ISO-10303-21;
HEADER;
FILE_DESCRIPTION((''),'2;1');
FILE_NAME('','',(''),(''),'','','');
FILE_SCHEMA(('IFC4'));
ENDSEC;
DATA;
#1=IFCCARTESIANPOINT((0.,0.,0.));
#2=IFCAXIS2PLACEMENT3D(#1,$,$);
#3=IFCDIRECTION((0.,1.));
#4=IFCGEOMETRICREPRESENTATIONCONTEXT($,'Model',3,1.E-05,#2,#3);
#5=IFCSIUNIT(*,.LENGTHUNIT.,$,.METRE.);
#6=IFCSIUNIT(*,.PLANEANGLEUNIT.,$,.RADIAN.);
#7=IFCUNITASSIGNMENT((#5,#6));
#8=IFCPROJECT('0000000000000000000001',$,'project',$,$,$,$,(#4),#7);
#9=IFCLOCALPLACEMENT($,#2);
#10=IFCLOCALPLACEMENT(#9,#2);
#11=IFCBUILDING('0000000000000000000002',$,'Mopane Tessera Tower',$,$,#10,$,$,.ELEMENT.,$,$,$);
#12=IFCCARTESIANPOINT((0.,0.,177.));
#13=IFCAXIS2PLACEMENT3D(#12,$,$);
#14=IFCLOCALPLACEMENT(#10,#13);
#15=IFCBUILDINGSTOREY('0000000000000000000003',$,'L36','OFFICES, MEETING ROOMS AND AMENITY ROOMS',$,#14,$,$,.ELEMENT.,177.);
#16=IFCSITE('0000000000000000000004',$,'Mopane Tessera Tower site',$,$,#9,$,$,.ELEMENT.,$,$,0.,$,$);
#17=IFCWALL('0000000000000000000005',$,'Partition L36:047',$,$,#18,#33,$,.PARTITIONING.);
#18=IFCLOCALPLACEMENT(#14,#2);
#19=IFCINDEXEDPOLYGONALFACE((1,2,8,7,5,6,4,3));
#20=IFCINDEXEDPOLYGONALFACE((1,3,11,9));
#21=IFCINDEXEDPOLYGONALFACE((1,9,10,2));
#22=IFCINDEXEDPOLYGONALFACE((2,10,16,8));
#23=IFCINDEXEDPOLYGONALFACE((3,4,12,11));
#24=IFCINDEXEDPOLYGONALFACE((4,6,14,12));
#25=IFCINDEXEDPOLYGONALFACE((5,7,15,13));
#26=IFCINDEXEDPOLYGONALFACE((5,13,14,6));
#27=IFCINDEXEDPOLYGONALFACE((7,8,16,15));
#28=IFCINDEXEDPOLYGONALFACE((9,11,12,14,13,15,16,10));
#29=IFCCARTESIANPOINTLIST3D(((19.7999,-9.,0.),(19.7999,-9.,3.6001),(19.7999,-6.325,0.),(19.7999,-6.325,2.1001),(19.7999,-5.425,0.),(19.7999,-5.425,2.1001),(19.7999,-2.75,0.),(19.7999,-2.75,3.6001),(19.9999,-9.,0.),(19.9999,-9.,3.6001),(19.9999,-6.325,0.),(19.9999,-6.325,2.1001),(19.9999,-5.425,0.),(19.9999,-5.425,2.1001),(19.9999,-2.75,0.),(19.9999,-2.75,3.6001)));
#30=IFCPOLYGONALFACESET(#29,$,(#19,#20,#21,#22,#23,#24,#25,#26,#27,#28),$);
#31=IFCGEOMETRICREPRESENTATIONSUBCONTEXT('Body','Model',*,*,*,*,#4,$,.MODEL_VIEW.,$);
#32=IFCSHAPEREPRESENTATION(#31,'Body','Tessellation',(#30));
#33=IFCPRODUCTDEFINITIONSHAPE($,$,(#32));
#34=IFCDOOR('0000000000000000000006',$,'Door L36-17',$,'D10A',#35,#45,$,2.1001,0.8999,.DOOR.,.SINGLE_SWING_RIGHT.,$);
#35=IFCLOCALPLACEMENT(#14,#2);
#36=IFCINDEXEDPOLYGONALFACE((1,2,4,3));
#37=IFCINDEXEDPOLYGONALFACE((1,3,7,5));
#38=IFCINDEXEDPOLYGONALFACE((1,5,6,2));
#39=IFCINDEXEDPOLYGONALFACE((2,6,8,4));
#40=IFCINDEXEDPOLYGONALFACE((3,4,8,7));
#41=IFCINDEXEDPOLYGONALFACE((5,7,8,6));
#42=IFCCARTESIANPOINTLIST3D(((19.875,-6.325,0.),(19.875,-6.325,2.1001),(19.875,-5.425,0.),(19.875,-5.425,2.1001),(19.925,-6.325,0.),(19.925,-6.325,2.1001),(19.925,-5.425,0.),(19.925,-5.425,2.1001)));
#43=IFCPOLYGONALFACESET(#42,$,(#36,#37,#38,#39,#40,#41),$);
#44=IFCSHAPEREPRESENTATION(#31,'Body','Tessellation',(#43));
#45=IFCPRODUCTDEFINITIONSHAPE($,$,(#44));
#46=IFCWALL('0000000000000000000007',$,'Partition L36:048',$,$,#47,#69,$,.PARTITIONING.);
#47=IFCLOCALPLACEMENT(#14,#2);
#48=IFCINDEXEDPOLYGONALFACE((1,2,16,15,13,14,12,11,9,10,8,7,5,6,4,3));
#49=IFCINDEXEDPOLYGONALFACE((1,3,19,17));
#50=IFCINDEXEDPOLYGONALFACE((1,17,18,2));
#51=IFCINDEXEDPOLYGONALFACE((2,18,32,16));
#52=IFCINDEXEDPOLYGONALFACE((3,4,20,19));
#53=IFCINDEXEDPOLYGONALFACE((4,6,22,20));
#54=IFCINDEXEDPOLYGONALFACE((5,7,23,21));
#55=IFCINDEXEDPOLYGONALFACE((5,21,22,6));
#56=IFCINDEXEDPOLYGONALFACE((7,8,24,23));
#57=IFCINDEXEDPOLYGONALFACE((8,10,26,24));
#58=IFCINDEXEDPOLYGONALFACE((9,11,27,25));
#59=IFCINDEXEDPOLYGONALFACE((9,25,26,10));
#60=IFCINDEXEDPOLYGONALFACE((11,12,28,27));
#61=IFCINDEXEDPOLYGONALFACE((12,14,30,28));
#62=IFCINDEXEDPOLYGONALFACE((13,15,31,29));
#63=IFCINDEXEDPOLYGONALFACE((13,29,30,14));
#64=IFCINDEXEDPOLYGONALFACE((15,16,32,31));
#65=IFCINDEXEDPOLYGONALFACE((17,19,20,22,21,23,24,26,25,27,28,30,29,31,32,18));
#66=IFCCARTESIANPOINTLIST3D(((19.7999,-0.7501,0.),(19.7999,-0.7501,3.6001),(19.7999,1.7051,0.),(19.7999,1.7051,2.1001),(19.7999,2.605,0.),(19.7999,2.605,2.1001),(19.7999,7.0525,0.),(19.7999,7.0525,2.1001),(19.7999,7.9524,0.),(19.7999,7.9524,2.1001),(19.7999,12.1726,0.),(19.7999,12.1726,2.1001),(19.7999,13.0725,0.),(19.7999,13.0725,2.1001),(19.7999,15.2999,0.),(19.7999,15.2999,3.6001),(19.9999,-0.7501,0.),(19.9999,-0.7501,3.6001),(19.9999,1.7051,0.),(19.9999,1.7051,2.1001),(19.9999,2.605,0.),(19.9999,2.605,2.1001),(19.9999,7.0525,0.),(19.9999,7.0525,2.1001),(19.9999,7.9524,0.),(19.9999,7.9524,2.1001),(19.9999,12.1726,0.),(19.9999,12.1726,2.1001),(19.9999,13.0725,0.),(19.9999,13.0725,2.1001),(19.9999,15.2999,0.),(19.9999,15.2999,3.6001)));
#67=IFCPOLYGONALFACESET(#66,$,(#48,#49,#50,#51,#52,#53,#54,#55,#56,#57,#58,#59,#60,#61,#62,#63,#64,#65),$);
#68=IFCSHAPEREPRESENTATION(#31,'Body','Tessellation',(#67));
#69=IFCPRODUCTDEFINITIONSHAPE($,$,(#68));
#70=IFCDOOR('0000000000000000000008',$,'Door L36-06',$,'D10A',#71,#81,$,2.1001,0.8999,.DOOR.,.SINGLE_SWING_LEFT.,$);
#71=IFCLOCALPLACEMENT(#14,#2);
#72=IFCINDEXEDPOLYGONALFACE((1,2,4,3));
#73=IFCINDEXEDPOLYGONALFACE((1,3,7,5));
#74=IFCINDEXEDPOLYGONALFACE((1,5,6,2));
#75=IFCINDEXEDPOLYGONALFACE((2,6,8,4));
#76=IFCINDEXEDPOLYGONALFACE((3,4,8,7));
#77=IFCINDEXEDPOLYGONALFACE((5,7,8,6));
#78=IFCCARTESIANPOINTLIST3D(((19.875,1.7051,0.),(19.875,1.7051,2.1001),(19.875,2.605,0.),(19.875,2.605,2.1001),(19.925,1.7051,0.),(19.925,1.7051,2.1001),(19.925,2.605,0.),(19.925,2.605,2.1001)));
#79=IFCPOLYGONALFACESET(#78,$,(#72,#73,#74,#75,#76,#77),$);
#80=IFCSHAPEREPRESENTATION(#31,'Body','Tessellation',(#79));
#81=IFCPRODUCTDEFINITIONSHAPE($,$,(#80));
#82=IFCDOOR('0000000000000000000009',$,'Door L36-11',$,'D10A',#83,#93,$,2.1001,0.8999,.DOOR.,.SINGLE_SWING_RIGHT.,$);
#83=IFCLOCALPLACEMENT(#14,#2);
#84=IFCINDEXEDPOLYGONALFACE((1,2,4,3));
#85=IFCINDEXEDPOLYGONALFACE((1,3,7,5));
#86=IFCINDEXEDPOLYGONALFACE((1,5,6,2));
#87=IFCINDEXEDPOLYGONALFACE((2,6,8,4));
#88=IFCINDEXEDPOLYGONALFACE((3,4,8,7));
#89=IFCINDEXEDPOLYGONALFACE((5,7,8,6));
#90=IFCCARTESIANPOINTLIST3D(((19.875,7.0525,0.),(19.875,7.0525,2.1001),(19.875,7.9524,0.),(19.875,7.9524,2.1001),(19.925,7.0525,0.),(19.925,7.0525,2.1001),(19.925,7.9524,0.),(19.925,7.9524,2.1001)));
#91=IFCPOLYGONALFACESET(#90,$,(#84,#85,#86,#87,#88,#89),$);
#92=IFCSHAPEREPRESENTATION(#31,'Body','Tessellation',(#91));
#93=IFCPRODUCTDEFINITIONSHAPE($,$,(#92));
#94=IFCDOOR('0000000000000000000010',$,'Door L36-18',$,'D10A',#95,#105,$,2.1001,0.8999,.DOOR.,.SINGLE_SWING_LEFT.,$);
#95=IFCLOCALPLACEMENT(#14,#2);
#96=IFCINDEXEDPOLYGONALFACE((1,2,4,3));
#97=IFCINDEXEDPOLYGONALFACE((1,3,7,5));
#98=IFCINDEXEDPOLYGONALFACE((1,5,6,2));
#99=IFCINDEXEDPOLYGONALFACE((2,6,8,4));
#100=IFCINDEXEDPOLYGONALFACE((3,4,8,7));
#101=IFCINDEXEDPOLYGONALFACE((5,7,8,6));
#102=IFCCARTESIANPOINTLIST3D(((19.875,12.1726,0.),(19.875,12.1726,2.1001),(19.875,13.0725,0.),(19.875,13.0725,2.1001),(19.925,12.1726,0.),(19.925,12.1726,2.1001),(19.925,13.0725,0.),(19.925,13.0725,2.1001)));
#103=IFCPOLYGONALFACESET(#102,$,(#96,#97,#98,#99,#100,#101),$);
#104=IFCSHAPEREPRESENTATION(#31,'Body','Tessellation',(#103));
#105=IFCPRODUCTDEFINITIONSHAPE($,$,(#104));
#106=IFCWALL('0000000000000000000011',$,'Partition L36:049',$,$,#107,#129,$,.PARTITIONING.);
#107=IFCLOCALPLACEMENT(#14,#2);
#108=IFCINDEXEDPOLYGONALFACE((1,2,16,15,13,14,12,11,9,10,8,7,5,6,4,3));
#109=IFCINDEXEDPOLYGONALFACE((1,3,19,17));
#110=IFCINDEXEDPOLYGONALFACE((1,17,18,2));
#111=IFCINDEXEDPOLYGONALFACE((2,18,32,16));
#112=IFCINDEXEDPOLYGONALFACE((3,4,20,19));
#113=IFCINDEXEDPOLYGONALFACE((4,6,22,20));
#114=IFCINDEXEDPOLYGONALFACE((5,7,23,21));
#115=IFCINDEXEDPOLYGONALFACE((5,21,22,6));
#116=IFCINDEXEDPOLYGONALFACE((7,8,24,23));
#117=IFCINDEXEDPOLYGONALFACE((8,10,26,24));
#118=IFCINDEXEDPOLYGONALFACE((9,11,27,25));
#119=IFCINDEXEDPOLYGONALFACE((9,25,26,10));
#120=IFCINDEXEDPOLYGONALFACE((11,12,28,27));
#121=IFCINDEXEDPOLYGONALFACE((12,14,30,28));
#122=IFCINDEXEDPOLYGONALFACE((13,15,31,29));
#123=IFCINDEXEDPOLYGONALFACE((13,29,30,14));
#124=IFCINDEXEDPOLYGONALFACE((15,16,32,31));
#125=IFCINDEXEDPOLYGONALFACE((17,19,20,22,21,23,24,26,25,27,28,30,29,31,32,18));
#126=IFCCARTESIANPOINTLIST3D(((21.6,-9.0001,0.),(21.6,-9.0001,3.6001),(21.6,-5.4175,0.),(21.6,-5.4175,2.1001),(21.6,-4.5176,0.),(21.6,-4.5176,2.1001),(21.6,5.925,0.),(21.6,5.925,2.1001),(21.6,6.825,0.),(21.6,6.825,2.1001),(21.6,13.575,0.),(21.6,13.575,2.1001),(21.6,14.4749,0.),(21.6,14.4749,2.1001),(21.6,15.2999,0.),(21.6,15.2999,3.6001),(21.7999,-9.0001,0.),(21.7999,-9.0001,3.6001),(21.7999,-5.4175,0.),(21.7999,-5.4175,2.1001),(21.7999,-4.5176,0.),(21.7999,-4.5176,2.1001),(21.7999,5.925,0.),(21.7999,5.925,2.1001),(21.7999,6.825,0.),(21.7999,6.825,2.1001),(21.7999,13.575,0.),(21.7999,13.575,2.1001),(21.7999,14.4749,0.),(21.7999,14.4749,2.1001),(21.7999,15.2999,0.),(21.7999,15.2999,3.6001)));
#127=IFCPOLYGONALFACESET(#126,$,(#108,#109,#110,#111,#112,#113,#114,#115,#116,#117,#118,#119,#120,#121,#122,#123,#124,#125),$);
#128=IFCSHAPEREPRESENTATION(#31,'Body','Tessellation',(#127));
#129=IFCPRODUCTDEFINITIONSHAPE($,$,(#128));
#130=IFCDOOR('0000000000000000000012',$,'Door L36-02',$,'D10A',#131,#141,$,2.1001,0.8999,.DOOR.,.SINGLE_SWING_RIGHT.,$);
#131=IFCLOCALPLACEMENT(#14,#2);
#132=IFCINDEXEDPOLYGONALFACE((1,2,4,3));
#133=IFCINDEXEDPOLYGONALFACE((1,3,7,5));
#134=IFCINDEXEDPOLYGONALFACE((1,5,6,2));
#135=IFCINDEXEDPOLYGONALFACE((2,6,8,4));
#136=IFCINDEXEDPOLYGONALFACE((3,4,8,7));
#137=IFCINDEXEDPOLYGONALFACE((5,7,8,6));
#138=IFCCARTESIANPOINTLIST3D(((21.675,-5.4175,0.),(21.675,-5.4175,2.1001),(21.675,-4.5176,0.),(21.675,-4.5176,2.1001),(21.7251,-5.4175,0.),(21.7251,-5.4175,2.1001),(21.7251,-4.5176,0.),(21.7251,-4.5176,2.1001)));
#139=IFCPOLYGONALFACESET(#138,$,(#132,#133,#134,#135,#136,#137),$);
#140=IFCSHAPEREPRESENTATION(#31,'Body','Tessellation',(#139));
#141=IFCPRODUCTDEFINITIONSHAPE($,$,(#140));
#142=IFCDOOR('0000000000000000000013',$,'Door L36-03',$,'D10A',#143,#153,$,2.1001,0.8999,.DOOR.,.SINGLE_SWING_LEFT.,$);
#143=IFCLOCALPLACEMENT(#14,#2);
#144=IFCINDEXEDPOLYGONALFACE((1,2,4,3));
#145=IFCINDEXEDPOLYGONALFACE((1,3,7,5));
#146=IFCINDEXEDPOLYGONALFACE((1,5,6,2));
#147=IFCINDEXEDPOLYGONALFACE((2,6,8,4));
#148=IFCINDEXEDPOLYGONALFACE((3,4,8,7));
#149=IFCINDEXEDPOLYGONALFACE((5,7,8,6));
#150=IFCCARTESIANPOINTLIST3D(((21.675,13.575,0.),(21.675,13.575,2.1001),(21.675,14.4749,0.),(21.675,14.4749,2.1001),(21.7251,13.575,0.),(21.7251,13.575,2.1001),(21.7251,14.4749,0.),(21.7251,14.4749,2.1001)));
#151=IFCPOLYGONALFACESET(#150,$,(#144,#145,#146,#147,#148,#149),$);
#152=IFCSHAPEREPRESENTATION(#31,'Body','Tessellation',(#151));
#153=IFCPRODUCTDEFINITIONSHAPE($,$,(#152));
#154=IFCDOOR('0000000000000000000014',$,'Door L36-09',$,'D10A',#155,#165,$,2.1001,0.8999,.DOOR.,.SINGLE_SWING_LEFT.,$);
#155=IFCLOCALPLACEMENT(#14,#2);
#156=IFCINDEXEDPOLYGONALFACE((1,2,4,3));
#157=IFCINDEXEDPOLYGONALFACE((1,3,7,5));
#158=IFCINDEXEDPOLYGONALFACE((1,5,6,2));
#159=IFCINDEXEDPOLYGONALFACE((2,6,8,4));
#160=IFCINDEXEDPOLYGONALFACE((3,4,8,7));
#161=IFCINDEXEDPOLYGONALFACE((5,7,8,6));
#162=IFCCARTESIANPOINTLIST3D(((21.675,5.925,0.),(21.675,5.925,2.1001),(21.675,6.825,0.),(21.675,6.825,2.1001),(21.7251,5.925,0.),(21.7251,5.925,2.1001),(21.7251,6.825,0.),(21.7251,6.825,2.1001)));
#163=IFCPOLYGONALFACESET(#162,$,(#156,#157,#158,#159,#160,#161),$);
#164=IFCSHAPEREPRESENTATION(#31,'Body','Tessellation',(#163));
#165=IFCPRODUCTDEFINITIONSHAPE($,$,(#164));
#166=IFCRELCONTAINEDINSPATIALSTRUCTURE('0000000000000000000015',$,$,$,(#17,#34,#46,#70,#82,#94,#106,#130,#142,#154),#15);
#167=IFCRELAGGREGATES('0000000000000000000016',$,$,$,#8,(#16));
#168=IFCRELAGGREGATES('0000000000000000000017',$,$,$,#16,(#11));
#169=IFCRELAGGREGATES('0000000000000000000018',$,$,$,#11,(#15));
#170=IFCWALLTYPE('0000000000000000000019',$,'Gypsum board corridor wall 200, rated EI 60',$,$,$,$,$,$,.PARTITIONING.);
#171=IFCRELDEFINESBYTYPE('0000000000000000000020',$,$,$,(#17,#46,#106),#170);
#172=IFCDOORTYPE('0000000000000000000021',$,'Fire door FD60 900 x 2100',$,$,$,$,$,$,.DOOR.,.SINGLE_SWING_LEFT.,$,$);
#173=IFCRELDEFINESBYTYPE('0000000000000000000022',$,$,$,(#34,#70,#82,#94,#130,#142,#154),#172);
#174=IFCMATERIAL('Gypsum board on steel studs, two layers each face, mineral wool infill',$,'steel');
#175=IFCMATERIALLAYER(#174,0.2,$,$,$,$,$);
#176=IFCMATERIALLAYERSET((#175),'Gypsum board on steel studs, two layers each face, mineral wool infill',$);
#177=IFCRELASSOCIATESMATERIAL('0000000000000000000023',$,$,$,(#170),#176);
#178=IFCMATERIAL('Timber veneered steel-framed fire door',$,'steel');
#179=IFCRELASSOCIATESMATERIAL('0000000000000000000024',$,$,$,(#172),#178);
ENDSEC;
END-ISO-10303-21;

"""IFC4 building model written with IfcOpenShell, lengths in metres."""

from ifc_helpers import new_model, si_unit, direction, frame, frame_2d, origin, place, context, subcontext, project, spatial, rectangle, extrude, material, layer, layer_set, type_object, element, fill, save


model = new_model("IFC4")

# Units and contexts
model_context = context("Model", 3, precision=1e-05, world=origin(), true_north=direction((0.0, 1.0)))
body_context = subcontext(model_context, "Body", "Model", "MODEL_VIEW")
ifc_project = project(units=[si_unit("LENGTHUNIT", "METRE"), si_unit("PLANEANGLEUNIT", "RADIAN")], contexts=[model_context])

# Site, building, storey
site_placement = place(None, origin())
site = spatial("IfcSite", under=ifc_project, at=site_placement, Name="Mopane Tessera Tower site", CompositionType="ELEMENT", RefElevation=0.0)
building_placement = place(site_placement, origin())
building = spatial("IfcBuilding", under=site, at=building_placement, Name="Mopane Tessera Tower", CompositionType="ELEMENT")
storey_placement = place(building_placement, frame((0.0, 0.0, 177.0)))
storey = spatial("IfcBuildingStorey", under=building, at=storey_placement, Name="L36", Description="OFFICES, MEETING ROOMS AND AMENITY ROOMS", CompositionType="ELEMENT", Elevation=177.0)

# Shared definitions
ifc_material_1 = material(Name="Gypsum board on steel studs, two layers each face, mineral wool infill", Category="steel")
ifc_layer_1 = layer(ifc_material_1, 0.2)
ifc_layer_set_1 = layer_set([ifc_layer_1], Name="Gypsum board on steel studs, two layers each face, mineral wool infill")
wall_type_1 = type_object("IfcWallType", Name="Gypsum board corridor wall 200, rated EI 60", PredefinedType="PARTITIONING", material=ifc_layer_set_1)

# Wall, opening, door
wall_1_placement = place(storey_placement, frame((19.8999, -9.0, 0.0), z_axis=(0.0, 0.0, 1.0), x_axis=(0.0, 1.0, 0.0)))
wall_1 = element("IfcWall", 1, at=wall_1_placement, inside=storey, type_object=wall_type_1, Name="Partition L36:047", PredefinedType="PARTITIONING", context=body_context, shape_type="SweptSolid", body=[
    extrude(rectangle(XDim=6.25, YDim=0.2, at=frame_2d((3.125, 0.0))), origin(), (0.0, 0.0, 1.0), 3.6001),
])
opening_1_placement = place(wall_1_placement, frame((2.675, 0.0, 0.0)))
opening_1 = element("IfcOpeningElement", 2, at=opening_1_placement, cuts=wall_1, PredefinedType="OPENING", context=body_context, shape_type="SweptSolid", body=[
    extrude(rectangle(XDim=0.8999, YDim=2.1001, at=frame_2d((0.45, 1.05))), frame((0.0, 0.1121, 0.0), z_axis=(0.0, -1.0, 0.0), x_axis=(1.0, 0.0, 0.0)), (0.0, 0.0, 1.0), 0.2239),
])
ifc_material_2 = material(Name="Timber veneered steel-framed fire door", Category="steel")
door_type_1 = type_object("IfcDoorType", Name="Fire door FD60 900 x 2100", OperationType="SINGLE_SWING_LEFT", PredefinedType="DOOR", material=ifc_material_2)
door_1_placement = place(opening_1_placement, origin())
door_1 = element("IfcDoor", 3, at=door_1_placement, inside=storey, type_object=door_type_1, Name="Door L36-17", ObjectType="D10A", OperationType="SINGLE_SWING_RIGHT", OverallHeight=2.1001, OverallWidth=0.8999, PredefinedType="DOOR", context=body_context, shape_type="SweptSolid", body=[
    extrude(rectangle(XDim=0.8999, YDim=2.1001, at=frame_2d((0.45, 1.05))), frame((0.0, 0.0249, 0.0), z_axis=(0.0, -1.0, 0.0), x_axis=(1.0, 0.0, 0.0)), (0.0, 0.0, 1.0), 0.05),
])
fill(opening_1, door_1)

# Walls, openings, doors
wall_2_placement = place(storey_placement, frame((19.8999, -0.75, 0.0), z_axis=(0.0, 0.0, 1.0), x_axis=(0.0, 1.0, 0.0)))
wall_2 = element("IfcWall", 4, at=wall_2_placement, inside=storey, type_object=wall_type_1, Name="Partition L36:048", PredefinedType="PARTITIONING", context=body_context, shape_type="SweptSolid", body=[
    extrude(rectangle(XDim=16.05, YDim=0.2, at=frame_2d((8.0249, 0.0))), origin(), (0.0, 0.0, 1.0), 3.6001),
])
opening_2_placement = place(wall_2_placement, frame((2.4551, 0.0, 0.0)))
opening_2 = element("IfcOpeningElement", 5, at=opening_2_placement, cuts=wall_2, PredefinedType="OPENING", context=body_context, shape_type="SweptSolid", body=[
    extrude(rectangle(XDim=0.8999, YDim=2.1001, at=frame_2d((0.45, 1.05))), frame((0.0, 0.1121, 0.0), z_axis=(0.0, -1.0, 0.0), x_axis=(1.0, 0.0, 0.0)), (0.0, 0.0, 1.0), 0.2239),
])
opening_3_placement = place(wall_2_placement, frame((7.8025, 0.0, 0.0)))
opening_3 = element("IfcOpeningElement", 6, at=opening_3_placement, cuts=wall_2, PredefinedType="OPENING", context=body_context, shape_type="SweptSolid", body=[
    extrude(rectangle(XDim=0.8999, YDim=2.1001, at=frame_2d((0.45, 1.05))), frame((0.0, 0.1121, 0.0), z_axis=(0.0, -1.0, 0.0), x_axis=(1.0, 0.0, 0.0)), (0.0, 0.0, 1.0), 0.2239),
])
opening_4_placement = place(wall_2_placement, frame((12.9226, 0.0, 0.0)))
opening_4 = element("IfcOpeningElement", 7, at=opening_4_placement, cuts=wall_2, PredefinedType="OPENING", context=body_context, shape_type="SweptSolid", body=[
    extrude(rectangle(XDim=0.8999, YDim=2.1001, at=frame_2d((0.45, 1.05))), frame((0.0, 0.1121, 0.0), z_axis=(0.0, -1.0, 0.0), x_axis=(1.0, 0.0, 0.0)), (0.0, 0.0, 1.0), 0.2239),
])
door_2_placement = place(opening_2_placement, origin())
door_2 = element("IfcDoor", 8, at=door_2_placement, inside=storey, type_object=door_type_1, Name="Door L36-06", ObjectType="D10A", OperationType="SINGLE_SWING_LEFT", OverallHeight=2.1001, OverallWidth=0.8999, PredefinedType="DOOR", context=body_context, shape_type="SweptSolid", body=[
    extrude(rectangle(XDim=0.8999, YDim=2.1001, at=frame_2d((0.45, 1.05))), frame((0.0, 0.0249, 0.0), z_axis=(0.0, -1.0, 0.0), x_axis=(1.0, 0.0, 0.0)), (0.0, 0.0, 1.0), 0.05),
])
fill(opening_2, door_2)
door_3_placement = place(opening_3_placement, origin())
door_3 = element("IfcDoor", 9, at=door_3_placement, inside=storey, type_object=door_type_1, Name="Door L36-11", ObjectType="D10A", OperationType="SINGLE_SWING_RIGHT", OverallHeight=2.1001, OverallWidth=0.8999, PredefinedType="DOOR", context=body_context, shape_type="SweptSolid", body=[
    extrude(rectangle(XDim=0.8999, YDim=2.1001, at=frame_2d((0.45, 1.05))), frame((0.0, 0.0249, 0.0), z_axis=(0.0, -1.0, 0.0), x_axis=(1.0, 0.0, 0.0)), (0.0, 0.0, 1.0), 0.05),
])
fill(opening_3, door_3)
door_4_placement = place(opening_4_placement, origin())
door_4 = element("IfcDoor", 10, at=door_4_placement, inside=storey, type_object=door_type_1, Name="Door L36-18", ObjectType="D10A", OperationType="SINGLE_SWING_LEFT", OverallHeight=2.1001, OverallWidth=0.8999, PredefinedType="DOOR", context=body_context, shape_type="SweptSolid", body=[
    extrude(rectangle(XDim=0.8999, YDim=2.1001, at=frame_2d((0.45, 1.05))), frame((0.0, 0.0249, 0.0), z_axis=(0.0, -1.0, 0.0), x_axis=(1.0, 0.0, 0.0)), (0.0, 0.0, 1.0), 0.05),
])
fill(opening_4, door_4)
wall_3_placement = place(storey_placement, frame((21.7, -9.0, 0.0), z_axis=(0.0, 0.0, 1.0), x_axis=(0.0, 1.0, 0.0)))
wall_3 = element("IfcWall", 11, at=wall_3_placement, inside=storey, type_object=wall_type_1, Name="Partition L36:049", PredefinedType="PARTITIONING", context=body_context, shape_type="SweptSolid", body=[
    extrude(rectangle(XDim=24.3, YDim=0.2, at=frame_2d((12.1499, 0.0))), origin(), (0.0, 0.0, 1.0), 3.6001),
])
opening_5_placement = place(wall_3_placement, frame((3.5825, 0.0, 0.0)))
opening_5 = element("IfcOpeningElement", 12, at=opening_5_placement, cuts=wall_3, PredefinedType="OPENING", context=body_context, shape_type="SweptSolid", body=[
    extrude(rectangle(XDim=0.8999, YDim=2.1001, at=frame_2d((0.45, 1.05))), frame((0.0, 0.1121, 0.0), z_axis=(0.0, -1.0, 0.0), x_axis=(1.0, 0.0, 0.0)), (0.0, 0.0, 1.0), 0.2239),
])
opening_6_placement = place(wall_3_placement, frame((22.575, 0.0, 0.0)))
opening_6 = element("IfcOpeningElement", 13, at=opening_6_placement, cuts=wall_3, PredefinedType="OPENING", context=body_context, shape_type="SweptSolid", body=[
    extrude(rectangle(XDim=0.8999, YDim=2.1001, at=frame_2d((0.45, 1.05))), frame((0.0, 0.1121, 0.0), z_axis=(0.0, -1.0, 0.0), x_axis=(1.0, 0.0, 0.0)), (0.0, 0.0, 1.0), 0.2239),
])
opening_7_placement = place(wall_3_placement, frame((14.925, 0.0, 0.0)))
opening_7 = element("IfcOpeningElement", 14, at=opening_7_placement, cuts=wall_3, PredefinedType="OPENING", context=body_context, shape_type="SweptSolid", body=[
    extrude(rectangle(XDim=0.8999, YDim=2.1001, at=frame_2d((0.45, 1.05))), frame((0.0, 0.1121, 0.0), z_axis=(0.0, -1.0, 0.0), x_axis=(1.0, 0.0, 0.0)), (0.0, 0.0, 1.0), 0.2239),
])
door_5_placement = place(opening_5_placement, origin())
door_5 = element("IfcDoor", 15, at=door_5_placement, inside=storey, type_object=door_type_1, Name="Door L36-02", ObjectType="D10A", OperationType="SINGLE_SWING_RIGHT", OverallHeight=2.1001, OverallWidth=0.8999, PredefinedType="DOOR", context=body_context, shape_type="SweptSolid", body=[
    extrude(rectangle(XDim=0.8999, YDim=2.1001, at=frame_2d((0.45, 1.05))), frame((0.0, 0.0249, 0.0), z_axis=(0.0, -1.0, 0.0), x_axis=(1.0, 0.0, 0.0)), (0.0, 0.0, 1.0), 0.05),
])
fill(opening_5, door_5)
door_6_placement = place(opening_6_placement, origin())
door_6 = element("IfcDoor", 16, at=door_6_placement, inside=storey, type_object=door_type_1, Name="Door L36-03", ObjectType="D10A", OperationType="SINGLE_SWING_LEFT", OverallHeight=2.1001, OverallWidth=0.8999, PredefinedType="DOOR", context=body_context, shape_type="SweptSolid", body=[
    extrude(rectangle(XDim=0.8999, YDim=2.1001, at=frame_2d((0.45, 1.05))), frame((0.0, 0.0249, 0.0), z_axis=(0.0, -1.0, 0.0), x_axis=(1.0, 0.0, 0.0)), (0.0, 0.0, 1.0), 0.05),
])
fill(opening_6, door_6)
door_7_placement = place(opening_7_placement, origin())
door_7 = element("IfcDoor", 17, at=door_7_placement, inside=storey, type_object=door_type_1, Name="Door L36-09", ObjectType="D10A", OperationType="SINGLE_SWING_LEFT", OverallHeight=2.1001, OverallWidth=0.8999, PredefinedType="DOOR", context=body_context, shape_type="SweptSolid", body=[
    extrude(rectangle(XDim=0.8999, YDim=2.1001, at=frame_2d((0.45, 1.05))), frame((0.0, 0.0249, 0.0), z_axis=(0.0, -1.0, 0.0), x_axis=(1.0, 0.0, 0.0)), (0.0, 0.0, 1.0), 0.05),
])
fill(opening_7, door_7)

save(model, "model.ifc")
